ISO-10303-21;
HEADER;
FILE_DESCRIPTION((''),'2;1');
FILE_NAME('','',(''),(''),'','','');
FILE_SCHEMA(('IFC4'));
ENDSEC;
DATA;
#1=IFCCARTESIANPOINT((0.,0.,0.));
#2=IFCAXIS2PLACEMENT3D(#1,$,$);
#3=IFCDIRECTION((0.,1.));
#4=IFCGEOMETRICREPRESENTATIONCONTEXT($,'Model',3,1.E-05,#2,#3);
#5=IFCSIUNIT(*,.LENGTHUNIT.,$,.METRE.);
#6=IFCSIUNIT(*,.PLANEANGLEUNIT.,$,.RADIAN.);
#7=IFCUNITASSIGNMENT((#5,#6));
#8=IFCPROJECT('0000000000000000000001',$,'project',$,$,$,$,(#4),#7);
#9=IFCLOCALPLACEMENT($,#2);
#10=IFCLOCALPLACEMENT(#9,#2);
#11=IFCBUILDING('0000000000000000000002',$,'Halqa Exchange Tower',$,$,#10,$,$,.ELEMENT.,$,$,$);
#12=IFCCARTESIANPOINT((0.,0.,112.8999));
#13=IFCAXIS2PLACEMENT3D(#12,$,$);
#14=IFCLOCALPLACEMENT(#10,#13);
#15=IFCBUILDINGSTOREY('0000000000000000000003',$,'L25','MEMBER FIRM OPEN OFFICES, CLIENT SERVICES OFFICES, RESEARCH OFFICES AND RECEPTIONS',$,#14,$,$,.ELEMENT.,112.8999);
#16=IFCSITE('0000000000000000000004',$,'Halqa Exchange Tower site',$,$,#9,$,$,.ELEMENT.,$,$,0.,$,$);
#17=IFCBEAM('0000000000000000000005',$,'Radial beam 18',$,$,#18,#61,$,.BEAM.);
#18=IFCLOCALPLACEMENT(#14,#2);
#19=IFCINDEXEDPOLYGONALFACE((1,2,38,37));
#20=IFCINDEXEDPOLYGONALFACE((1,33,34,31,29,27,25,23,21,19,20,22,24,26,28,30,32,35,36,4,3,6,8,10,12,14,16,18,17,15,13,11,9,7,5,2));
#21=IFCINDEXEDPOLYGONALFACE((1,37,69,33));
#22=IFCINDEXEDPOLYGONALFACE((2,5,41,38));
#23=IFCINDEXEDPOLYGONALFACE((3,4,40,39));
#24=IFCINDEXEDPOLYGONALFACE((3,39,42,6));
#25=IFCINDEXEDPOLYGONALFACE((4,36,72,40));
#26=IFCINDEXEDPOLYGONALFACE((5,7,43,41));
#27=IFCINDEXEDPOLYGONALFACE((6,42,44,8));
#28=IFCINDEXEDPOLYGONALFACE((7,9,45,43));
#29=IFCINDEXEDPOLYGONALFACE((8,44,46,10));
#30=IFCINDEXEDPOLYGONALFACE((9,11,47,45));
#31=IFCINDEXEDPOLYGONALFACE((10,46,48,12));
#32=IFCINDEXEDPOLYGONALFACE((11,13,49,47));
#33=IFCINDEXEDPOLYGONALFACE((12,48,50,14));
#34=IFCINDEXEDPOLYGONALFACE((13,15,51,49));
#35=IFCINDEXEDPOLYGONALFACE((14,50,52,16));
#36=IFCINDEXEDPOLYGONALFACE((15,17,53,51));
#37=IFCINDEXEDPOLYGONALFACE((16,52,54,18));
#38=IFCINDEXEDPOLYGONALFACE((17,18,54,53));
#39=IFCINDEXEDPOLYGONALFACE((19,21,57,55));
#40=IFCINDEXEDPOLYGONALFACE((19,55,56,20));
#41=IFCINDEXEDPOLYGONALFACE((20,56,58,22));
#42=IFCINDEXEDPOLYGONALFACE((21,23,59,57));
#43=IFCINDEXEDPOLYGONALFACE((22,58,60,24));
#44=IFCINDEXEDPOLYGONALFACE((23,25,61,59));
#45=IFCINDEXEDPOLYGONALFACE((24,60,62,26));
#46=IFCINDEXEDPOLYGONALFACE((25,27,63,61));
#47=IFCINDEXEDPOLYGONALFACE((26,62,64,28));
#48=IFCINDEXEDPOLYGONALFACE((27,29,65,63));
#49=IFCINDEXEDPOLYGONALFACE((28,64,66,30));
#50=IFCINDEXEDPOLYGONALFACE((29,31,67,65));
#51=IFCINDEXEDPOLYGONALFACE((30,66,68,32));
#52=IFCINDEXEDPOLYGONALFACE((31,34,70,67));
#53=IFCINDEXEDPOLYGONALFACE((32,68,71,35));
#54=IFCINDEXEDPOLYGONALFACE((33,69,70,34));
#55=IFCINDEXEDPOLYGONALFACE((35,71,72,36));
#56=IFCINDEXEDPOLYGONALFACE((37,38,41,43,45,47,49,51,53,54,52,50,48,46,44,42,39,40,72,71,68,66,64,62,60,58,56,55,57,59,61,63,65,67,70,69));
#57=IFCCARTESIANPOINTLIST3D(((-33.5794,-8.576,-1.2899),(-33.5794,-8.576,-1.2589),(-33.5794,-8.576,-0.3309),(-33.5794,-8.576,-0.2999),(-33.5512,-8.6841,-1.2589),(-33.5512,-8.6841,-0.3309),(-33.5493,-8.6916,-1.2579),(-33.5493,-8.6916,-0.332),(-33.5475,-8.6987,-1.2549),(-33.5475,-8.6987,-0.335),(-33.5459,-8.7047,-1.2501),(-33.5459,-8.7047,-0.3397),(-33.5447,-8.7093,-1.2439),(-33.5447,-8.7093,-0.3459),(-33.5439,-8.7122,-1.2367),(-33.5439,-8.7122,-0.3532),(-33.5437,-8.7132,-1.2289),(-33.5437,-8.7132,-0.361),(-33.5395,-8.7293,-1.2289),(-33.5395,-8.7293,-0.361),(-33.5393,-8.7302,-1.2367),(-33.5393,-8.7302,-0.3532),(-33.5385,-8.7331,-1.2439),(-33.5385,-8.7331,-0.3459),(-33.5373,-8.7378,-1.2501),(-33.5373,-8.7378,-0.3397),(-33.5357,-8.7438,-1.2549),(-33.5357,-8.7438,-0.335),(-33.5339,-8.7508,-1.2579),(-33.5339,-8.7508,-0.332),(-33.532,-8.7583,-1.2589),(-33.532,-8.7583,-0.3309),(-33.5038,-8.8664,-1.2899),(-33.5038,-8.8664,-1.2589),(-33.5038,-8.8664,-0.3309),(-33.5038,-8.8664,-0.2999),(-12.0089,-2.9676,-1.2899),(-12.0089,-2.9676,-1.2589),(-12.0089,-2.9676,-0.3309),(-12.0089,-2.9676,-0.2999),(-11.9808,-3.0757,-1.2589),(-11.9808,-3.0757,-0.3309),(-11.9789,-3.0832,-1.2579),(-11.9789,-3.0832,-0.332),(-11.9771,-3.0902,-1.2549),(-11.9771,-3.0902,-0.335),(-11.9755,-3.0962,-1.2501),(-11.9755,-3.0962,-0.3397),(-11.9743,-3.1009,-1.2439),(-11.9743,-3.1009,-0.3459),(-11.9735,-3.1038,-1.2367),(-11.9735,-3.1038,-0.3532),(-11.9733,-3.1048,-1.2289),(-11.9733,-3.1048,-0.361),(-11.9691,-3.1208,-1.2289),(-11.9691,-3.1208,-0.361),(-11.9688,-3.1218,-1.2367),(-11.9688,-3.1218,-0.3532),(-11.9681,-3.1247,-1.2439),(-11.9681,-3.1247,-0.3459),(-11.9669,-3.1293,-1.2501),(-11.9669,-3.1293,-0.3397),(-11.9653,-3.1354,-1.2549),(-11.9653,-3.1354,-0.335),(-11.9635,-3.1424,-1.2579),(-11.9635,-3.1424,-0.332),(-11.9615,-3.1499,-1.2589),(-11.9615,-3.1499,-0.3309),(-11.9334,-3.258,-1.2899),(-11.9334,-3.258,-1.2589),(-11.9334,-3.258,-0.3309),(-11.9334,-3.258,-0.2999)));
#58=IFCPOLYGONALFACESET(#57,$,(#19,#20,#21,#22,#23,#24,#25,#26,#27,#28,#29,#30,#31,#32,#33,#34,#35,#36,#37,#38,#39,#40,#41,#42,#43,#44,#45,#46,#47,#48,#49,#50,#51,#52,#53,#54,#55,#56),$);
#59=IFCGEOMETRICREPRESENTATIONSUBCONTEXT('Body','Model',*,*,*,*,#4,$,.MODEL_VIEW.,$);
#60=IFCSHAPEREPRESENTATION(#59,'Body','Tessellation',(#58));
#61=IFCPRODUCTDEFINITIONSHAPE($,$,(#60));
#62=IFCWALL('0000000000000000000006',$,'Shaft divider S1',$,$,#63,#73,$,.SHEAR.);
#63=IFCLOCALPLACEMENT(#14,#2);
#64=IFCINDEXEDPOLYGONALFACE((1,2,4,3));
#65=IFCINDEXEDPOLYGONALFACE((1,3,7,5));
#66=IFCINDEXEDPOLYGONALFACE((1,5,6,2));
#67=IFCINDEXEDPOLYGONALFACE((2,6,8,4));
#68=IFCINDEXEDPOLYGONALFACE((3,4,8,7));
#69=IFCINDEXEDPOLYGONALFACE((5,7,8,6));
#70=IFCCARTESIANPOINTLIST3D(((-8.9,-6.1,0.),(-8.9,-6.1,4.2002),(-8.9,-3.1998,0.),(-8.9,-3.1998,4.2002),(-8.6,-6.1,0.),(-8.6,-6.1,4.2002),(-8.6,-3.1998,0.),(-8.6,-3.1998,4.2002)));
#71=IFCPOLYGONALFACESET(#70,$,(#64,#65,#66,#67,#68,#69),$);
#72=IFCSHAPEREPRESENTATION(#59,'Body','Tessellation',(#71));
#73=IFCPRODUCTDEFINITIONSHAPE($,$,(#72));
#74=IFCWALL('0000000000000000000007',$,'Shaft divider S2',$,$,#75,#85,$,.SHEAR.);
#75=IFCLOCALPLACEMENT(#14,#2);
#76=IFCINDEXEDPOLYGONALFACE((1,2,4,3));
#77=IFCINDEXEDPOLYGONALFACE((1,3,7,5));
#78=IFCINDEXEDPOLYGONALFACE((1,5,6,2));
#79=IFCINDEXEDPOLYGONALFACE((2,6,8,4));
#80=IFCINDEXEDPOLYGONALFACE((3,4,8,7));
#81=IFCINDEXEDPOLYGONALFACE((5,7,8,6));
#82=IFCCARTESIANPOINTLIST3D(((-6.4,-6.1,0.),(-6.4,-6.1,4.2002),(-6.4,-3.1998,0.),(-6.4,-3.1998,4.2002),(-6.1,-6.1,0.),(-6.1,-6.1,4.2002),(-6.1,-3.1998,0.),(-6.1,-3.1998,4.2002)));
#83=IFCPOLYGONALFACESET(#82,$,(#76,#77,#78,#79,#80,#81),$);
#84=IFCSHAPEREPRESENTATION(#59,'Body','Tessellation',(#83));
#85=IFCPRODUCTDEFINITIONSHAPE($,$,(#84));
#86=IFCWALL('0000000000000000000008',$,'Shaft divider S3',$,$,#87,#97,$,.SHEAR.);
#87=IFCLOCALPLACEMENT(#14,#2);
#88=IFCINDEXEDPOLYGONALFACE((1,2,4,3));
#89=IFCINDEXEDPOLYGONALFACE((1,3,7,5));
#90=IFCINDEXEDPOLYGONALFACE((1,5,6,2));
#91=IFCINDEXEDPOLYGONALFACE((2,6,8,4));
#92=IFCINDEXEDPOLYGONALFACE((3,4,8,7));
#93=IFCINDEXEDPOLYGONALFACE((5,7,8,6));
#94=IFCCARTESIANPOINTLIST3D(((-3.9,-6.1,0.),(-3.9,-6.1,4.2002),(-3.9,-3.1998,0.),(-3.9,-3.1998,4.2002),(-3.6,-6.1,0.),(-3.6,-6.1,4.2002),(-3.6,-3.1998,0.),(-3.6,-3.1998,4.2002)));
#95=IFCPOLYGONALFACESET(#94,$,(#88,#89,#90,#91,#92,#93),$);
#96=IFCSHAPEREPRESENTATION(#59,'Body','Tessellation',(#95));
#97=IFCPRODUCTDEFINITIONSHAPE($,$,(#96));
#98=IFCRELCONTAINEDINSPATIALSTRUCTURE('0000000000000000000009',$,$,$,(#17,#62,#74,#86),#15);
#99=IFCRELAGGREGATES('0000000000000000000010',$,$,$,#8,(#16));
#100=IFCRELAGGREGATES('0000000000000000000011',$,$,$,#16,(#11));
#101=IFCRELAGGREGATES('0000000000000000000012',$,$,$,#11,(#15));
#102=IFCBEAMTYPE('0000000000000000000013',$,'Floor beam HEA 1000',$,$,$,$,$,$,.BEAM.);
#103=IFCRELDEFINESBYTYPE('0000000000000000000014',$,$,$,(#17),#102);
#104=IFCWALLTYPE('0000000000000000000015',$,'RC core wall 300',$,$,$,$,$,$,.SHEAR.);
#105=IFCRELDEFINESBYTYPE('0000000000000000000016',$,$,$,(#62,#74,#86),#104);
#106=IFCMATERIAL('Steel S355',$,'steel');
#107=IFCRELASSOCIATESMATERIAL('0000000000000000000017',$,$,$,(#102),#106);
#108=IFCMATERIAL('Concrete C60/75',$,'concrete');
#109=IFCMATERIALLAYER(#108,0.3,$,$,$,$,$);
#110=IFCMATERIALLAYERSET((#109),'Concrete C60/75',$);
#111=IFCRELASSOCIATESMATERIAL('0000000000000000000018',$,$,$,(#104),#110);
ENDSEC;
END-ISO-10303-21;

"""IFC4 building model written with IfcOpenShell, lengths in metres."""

from ifc_helpers import new_model, si_unit, direction, frame, frame_2d, origin, origin_2d, place, context, subcontext, project, spatial, rectangle, i_section, extrude, material, layer, layer_set, material_profile, profile_set, type_object, element, save


model = new_model("IFC4")

# Units and contexts
model_context = context("Model", 3, precision=1e-05, world=origin(), true_north=direction((0.0, 1.0)))
body_context = subcontext(model_context, "Body", "Model", "MODEL_VIEW")
ifc_project = project(units=[si_unit("LENGTHUNIT", "METRE"), si_unit("PLANEANGLEUNIT", "RADIAN")], contexts=[model_context])

# Site, building, storey
site_placement = place(None, origin())
site = spatial("IfcSite", under=ifc_project, at=site_placement, Name="Halqa Exchange Tower site", CompositionType="ELEMENT", RefElevation=0.0)
building_placement = place(site_placement, origin())
building = spatial("IfcBuilding", under=site, at=building_placement, Name="Halqa Exchange Tower", CompositionType="ELEMENT")
storey_placement = place(building_placement, frame((0.0, 0.0, 112.8999)))
storey = spatial("IfcBuildingStorey", under=building, at=storey_placement, Name="L25", Description="MEMBER FIRM OPEN OFFICES, CLIENT SERVICES OFFICES, RESEARCH OFFICES AND RECEPTIONS", CompositionType="ELEMENT", Elevation=112.8999)

# Beam
ifc_material_1 = material(Name="Steel S355", Category="steel")
ifc_material_profile = material_profile(ifc_material_1, i_section(OverallWidth=0.3, OverallDepth=0.99, WebThickness=0.0166, FlangeThickness=0.031, FilletRadius=0.03, at=origin_2d()), Name="HEA 1000")
ifc_profile_set = profile_set([ifc_material_profile], Name="Steel S355")
beam_type = type_object("IfcBeamType", Name="Floor beam HEA 1000", PredefinedType="BEAM", material=ifc_profile_set)
beam_placement = place(storey_placement, frame((-11.9712, -3.1128, -0.7949), z_axis=(-0.967821, -0.251639, 0.0), x_axis=(0.251639, -0.967821, 0.0)))
element("IfcBeam", 1, at=beam_placement, inside=storey, type_object=beam_type, Name="Radial beam 18", PredefinedType="BEAM", context=body_context, shape_type="SweptSolid", body=[
    extrude(i_section(OverallWidth=0.3, OverallDepth=0.99, WebThickness=0.0166, FlangeThickness=0.031, FilletRadius=0.03, at=origin_2d()), origin(), (0.0, 0.0, 1.0), 22.2876),
])

# Walls
ifc_material_2 = material(Name="Concrete C60/75", Category="concrete")
ifc_layer_1 = layer(ifc_material_2, 0.3)
ifc_layer_set_1 = layer_set([ifc_layer_1], Name="Concrete C60/75")
wall_type_1 = type_object("IfcWallType", Name="RC core wall 300", PredefinedType="SHEAR", material=ifc_layer_set_1)
for number, where, z_axis, x_axis, name in (
    (2, (-8.75, -6.1001, 0.0), (0.0, 0.0, 1.0), (0.0, 1.0, 0.0), "Shaft divider S1"),
    (3, (-6.25, -6.1001, 0.0), (0.0, 0.0, 1.0), (0.0, 1.0, 0.0), "Shaft divider S2"),
    (4, (-3.75, -6.1001, 0.0), (0.0, 0.0, 1.0), (0.0, 1.0, 0.0), "Shaft divider S3"),
):
    element("IfcWall", number, at=place(storey_placement, frame(where, z_axis=z_axis, x_axis=x_axis)), inside=storey, type_object=wall_type_1, Name=name, PredefinedType="SHEAR", context=body_context, shape_type="SweptSolid", body=[
        extrude(rectangle(XDim=2.9001, YDim=0.3, at=frame_2d((1.4502, 0.0))), origin(), (0.0, 0.0, 1.0), 4.2002),
    ])

save(model, "model.ifc")
